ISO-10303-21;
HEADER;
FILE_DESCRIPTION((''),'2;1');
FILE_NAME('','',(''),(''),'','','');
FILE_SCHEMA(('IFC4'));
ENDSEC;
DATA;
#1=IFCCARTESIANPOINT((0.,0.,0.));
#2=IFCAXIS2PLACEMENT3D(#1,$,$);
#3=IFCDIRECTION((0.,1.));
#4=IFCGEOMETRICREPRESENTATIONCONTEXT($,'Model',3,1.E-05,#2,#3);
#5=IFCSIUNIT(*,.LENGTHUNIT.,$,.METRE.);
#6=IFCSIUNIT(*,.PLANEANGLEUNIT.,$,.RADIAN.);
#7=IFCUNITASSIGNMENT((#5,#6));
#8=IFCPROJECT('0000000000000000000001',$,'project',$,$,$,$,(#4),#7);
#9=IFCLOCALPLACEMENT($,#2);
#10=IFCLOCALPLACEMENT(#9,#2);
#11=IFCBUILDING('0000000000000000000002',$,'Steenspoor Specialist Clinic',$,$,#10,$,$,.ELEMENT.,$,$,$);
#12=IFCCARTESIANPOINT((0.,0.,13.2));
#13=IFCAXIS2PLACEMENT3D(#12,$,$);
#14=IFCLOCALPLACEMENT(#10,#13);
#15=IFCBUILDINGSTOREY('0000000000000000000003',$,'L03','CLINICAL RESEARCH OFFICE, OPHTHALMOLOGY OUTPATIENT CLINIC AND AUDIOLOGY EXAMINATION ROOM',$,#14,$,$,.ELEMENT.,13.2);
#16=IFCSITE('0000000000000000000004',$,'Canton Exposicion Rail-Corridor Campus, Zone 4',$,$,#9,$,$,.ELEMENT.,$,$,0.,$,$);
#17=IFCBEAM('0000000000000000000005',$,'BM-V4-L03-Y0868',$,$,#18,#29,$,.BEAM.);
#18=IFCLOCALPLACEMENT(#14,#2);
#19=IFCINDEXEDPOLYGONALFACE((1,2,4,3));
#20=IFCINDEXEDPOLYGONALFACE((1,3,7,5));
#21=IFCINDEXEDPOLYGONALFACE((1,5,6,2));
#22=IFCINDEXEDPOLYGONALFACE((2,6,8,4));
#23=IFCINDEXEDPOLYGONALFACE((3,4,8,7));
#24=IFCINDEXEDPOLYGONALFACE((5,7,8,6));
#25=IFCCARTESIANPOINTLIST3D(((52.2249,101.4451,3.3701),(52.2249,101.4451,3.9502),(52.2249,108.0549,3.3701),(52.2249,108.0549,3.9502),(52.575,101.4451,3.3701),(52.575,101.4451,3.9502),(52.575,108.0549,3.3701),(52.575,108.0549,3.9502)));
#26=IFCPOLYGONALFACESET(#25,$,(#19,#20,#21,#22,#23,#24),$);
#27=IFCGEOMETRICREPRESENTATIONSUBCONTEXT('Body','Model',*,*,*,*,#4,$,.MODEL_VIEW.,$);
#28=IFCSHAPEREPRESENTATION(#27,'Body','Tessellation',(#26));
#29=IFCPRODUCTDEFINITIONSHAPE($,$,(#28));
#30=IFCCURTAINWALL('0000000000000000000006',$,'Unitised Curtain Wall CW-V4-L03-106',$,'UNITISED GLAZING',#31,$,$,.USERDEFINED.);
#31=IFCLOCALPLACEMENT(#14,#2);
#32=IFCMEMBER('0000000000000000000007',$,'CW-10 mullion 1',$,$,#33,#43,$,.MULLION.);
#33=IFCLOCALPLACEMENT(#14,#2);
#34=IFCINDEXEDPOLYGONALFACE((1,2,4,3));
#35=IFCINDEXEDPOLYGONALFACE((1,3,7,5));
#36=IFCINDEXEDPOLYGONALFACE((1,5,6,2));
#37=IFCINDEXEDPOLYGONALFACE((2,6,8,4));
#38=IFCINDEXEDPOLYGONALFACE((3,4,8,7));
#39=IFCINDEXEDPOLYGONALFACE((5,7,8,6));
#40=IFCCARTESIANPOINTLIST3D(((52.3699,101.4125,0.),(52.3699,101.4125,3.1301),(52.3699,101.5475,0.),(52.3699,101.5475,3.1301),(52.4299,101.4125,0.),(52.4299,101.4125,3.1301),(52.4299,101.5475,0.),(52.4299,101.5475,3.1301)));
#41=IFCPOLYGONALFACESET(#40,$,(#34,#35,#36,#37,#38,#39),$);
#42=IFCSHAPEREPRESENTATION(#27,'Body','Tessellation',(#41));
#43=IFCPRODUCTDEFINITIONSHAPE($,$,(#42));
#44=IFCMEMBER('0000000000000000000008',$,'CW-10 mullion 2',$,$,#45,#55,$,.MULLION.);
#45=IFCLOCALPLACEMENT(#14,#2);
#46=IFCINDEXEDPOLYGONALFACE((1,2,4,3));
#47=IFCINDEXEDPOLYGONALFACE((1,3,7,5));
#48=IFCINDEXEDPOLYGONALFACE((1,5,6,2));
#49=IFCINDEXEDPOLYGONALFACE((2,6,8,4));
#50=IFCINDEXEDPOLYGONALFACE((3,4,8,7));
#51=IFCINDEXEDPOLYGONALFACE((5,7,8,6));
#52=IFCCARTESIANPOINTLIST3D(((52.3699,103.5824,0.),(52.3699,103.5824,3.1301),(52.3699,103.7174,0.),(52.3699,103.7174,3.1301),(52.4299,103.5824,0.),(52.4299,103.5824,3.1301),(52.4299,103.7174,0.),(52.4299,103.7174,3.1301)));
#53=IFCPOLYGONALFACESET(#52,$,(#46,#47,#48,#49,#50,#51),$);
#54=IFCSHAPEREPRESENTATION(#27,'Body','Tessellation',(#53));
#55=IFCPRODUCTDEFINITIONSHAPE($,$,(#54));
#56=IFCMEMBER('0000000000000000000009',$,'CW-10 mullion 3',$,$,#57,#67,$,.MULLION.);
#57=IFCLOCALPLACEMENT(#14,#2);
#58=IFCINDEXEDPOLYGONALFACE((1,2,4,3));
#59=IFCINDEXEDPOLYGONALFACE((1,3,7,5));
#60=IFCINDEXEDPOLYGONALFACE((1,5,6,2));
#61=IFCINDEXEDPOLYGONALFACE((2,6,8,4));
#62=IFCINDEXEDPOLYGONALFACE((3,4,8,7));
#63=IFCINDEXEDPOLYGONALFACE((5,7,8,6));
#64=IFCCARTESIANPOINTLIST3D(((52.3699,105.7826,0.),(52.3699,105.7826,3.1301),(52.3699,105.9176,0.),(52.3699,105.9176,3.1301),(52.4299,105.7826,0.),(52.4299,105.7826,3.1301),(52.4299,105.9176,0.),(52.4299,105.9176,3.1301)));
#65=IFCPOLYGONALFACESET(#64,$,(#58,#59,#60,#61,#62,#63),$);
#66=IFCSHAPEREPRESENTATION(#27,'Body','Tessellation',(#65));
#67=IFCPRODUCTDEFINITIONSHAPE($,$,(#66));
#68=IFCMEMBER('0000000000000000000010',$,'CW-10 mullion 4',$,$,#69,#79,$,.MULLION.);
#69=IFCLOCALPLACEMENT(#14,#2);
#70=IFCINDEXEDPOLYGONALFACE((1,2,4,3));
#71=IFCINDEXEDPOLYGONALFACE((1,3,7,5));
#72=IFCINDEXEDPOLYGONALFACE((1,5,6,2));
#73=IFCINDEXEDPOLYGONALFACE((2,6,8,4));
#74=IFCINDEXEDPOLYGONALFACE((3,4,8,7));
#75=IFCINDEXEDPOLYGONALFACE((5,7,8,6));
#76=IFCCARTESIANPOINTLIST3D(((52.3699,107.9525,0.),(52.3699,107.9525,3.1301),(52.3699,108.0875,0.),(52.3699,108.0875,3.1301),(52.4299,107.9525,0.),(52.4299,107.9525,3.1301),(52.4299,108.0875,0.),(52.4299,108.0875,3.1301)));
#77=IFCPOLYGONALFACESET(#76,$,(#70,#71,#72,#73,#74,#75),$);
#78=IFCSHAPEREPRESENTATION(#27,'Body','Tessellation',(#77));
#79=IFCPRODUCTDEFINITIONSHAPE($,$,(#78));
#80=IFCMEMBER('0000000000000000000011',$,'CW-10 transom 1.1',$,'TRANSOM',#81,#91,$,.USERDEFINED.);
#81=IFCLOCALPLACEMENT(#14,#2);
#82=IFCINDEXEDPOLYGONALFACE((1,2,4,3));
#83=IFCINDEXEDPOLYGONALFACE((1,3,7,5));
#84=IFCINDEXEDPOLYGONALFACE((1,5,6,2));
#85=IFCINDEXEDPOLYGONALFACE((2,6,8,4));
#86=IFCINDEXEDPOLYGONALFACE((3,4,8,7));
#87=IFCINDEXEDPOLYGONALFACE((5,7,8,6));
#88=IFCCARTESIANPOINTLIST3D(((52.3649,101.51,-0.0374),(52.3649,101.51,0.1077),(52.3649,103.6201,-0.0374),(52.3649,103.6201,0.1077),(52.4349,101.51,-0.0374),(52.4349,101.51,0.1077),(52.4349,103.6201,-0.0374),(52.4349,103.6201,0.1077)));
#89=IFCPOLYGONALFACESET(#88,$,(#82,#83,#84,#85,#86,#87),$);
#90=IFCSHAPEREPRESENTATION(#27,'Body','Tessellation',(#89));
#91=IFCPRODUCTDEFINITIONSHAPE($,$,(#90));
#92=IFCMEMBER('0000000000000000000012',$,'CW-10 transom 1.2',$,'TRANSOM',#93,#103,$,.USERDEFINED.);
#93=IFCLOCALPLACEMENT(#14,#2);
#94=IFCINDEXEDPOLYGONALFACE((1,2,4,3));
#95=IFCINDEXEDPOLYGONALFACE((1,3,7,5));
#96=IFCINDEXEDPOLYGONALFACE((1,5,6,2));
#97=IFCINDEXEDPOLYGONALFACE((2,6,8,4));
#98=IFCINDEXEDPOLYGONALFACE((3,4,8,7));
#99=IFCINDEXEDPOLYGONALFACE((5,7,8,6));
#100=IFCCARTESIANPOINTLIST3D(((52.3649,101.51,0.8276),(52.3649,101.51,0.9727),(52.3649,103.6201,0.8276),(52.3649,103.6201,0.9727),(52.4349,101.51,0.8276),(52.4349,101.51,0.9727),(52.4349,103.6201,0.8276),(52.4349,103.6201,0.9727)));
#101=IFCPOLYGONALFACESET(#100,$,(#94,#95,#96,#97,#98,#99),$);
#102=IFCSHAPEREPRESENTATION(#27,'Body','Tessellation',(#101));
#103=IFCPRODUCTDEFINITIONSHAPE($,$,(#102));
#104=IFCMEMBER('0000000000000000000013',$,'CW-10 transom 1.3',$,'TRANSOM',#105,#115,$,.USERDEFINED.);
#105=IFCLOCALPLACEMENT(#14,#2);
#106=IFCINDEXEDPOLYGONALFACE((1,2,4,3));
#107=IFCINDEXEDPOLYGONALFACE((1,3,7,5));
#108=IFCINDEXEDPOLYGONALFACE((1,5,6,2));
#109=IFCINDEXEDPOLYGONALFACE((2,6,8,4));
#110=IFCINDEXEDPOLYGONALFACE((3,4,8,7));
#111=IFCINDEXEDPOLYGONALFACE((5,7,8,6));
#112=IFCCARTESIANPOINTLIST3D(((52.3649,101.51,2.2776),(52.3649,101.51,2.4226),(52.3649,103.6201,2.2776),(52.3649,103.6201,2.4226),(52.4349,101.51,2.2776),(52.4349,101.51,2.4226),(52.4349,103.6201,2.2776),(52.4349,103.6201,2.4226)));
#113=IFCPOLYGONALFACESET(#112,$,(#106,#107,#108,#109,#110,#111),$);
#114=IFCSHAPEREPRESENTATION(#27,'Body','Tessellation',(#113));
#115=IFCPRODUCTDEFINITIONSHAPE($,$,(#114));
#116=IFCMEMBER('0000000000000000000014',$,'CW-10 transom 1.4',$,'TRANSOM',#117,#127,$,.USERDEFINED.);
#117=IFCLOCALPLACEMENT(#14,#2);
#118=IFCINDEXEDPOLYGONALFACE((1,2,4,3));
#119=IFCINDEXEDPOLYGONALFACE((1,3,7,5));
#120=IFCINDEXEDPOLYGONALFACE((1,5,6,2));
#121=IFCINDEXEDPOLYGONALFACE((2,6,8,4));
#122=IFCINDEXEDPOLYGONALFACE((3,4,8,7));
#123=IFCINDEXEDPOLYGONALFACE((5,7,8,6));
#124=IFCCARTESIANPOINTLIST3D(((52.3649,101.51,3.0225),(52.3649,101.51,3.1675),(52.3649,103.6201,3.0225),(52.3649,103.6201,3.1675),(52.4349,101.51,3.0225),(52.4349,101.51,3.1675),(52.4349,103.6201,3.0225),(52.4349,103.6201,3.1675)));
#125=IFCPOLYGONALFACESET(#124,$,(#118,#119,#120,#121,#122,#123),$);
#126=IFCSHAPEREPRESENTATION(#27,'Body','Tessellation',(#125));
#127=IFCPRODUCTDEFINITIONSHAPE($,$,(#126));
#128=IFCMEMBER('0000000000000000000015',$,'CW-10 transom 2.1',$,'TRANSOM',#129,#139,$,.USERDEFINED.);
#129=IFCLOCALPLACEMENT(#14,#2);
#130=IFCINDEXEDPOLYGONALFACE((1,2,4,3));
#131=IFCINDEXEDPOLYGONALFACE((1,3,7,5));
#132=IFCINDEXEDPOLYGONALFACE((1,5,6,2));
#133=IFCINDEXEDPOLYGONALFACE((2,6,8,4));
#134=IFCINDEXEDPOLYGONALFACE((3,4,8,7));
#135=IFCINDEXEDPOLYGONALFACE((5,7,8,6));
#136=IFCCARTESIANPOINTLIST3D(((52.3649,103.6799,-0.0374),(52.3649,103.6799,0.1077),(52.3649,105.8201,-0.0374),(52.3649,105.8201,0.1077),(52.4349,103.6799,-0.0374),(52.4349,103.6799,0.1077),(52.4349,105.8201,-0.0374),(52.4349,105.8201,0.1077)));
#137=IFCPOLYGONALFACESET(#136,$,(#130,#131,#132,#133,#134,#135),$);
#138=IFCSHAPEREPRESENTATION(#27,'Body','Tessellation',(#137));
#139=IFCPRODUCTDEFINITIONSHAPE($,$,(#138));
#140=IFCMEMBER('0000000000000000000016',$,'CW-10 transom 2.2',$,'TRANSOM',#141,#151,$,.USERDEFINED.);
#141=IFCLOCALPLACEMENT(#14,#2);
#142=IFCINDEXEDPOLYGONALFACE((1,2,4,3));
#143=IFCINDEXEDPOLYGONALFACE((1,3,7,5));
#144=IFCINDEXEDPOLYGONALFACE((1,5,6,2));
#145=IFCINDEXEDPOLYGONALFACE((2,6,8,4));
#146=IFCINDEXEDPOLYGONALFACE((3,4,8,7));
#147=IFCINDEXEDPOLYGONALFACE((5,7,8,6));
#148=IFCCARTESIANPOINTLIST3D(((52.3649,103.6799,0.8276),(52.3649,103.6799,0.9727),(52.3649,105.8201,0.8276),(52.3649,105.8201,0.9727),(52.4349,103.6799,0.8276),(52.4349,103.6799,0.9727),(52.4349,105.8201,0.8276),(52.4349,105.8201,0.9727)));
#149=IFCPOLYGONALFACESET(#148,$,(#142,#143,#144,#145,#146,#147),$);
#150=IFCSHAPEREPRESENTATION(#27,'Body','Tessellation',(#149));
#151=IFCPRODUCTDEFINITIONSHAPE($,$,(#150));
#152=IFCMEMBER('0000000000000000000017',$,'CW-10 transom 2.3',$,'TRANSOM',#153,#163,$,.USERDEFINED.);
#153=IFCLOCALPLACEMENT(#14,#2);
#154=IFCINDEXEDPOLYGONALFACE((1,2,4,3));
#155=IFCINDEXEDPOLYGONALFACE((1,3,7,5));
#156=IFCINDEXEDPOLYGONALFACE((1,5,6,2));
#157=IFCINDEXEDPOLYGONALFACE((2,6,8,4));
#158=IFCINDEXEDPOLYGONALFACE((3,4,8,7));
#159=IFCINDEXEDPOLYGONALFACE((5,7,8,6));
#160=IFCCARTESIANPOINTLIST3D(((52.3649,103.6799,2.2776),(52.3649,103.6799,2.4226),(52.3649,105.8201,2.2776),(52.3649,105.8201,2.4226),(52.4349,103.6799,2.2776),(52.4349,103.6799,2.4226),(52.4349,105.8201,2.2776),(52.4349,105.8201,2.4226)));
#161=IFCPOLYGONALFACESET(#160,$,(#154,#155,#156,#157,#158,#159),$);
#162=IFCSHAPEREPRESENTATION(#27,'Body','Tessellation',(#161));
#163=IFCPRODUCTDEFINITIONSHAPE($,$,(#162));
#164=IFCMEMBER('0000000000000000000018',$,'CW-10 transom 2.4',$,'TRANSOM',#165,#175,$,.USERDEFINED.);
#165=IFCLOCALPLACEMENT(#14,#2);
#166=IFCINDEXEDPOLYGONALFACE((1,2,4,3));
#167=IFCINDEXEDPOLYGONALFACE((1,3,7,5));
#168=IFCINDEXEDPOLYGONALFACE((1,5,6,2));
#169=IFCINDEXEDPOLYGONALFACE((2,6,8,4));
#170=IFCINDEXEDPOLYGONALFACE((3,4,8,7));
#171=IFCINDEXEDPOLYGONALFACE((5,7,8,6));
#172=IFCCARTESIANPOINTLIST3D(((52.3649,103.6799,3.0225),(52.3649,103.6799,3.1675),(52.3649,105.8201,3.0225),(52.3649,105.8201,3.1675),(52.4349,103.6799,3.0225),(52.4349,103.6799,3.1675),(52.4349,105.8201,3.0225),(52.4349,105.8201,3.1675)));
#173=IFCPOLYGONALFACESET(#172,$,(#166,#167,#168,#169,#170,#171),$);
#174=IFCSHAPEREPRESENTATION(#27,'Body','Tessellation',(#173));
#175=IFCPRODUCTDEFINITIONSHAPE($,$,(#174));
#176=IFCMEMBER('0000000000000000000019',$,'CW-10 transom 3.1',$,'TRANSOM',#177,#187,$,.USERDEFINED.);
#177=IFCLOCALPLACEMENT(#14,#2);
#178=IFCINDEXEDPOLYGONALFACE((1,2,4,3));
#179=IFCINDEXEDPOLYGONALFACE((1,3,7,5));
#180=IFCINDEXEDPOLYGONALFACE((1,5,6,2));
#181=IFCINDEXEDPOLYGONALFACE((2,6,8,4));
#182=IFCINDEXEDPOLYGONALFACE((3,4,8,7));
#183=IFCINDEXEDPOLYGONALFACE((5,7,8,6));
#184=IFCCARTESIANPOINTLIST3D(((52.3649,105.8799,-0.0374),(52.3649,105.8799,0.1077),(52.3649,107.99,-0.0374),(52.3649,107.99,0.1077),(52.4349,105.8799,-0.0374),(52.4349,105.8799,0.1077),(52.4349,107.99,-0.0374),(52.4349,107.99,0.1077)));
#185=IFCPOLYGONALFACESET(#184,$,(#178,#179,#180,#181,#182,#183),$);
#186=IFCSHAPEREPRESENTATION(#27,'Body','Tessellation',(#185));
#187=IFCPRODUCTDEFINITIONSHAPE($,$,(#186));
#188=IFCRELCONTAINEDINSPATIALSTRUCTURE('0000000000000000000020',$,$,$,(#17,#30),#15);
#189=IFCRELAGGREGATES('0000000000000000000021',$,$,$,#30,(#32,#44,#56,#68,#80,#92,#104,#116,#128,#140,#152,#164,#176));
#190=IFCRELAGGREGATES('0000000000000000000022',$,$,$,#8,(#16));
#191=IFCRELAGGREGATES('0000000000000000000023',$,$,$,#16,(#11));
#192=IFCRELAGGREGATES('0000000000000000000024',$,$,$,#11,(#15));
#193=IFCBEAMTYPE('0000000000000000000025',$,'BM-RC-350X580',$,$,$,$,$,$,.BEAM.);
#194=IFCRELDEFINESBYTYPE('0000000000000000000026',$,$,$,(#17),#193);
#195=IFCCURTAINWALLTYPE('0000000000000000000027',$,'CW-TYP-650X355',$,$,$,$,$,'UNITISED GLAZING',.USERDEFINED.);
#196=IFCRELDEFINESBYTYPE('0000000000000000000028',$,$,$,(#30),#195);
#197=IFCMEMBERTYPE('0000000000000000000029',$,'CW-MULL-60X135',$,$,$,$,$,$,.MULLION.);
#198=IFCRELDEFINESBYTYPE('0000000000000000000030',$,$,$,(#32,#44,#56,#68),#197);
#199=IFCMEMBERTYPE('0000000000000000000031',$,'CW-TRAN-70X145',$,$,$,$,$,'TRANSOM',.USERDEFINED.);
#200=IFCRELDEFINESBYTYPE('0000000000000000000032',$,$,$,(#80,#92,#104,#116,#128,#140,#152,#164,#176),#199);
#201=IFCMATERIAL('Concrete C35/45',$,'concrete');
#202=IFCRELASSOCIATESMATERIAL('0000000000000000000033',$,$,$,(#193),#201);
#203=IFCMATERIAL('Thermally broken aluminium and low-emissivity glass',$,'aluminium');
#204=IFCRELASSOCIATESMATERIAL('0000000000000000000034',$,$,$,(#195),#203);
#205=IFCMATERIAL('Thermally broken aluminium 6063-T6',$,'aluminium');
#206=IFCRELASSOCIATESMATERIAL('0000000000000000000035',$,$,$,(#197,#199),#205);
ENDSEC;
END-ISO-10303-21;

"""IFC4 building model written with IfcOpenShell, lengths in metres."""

from ifc_helpers import new_model, si_unit, direction, frame, origin, origin_2d, place, context, subcontext, project, spatial, rectangle, extrude, material, material_profile, profile_set, type_object, element, aggregate, save


model = new_model("IFC4")

# Units and contexts
model_context = context("Model", 3, precision=1e-05, world=origin(), true_north=direction((0.0, 1.0)))
body_context = subcontext(model_context, "Body", "Model", "MODEL_VIEW")
ifc_project = project(units=[si_unit("LENGTHUNIT", "METRE"), si_unit("PLANEANGLEUNIT", "RADIAN")], contexts=[model_context])

# Site, building, storey
site_placement = place(None, origin())
site = spatial("IfcSite", under=ifc_project, at=site_placement, Name="Canton Exposicion Rail-Corridor Campus, Zone 4", CompositionType="ELEMENT", RefElevation=0.0)
building_placement = place(site_placement, origin())
building = spatial("IfcBuilding", under=site, at=building_placement, Name="Steenspoor Specialist Clinic", CompositionType="ELEMENT")
storey_placement = place(building_placement, frame((0.0, 0.0, 13.2)))
storey = spatial("IfcBuildingStorey", under=building, at=storey_placement, Name="L03", Description="CLINICAL RESEARCH OFFICE, OPHTHALMOLOGY OUTPATIENT CLINIC AND AUDIOLOGY EXAMINATION ROOM", CompositionType="ELEMENT", Elevation=13.2)

# Beam
ifc_material_1 = material(Name="Concrete C35/45", Category="concrete")
ifc_material_profile_1 = material_profile(ifc_material_1, rectangle(XDim=0.3501, YDim=0.5801, at=origin_2d()), Name="RC-BM-350X580")
ifc_profile_set_1 = profile_set([ifc_material_profile_1], Name="Concrete C35/45")
beam_type = type_object("IfcBeamType", Name="BM-RC-350X580", PredefinedType="BEAM", material=ifc_profile_set_1)
beam_placement = place(storey_placement, frame((52.3999, 101.4451, 3.6602), z_axis=(0.0, 1.0, 0.0), x_axis=(-1.0, 0.0, 0.0)))
element("IfcBeam", 1, at=beam_placement, inside=storey, type_object=beam_type, Name="BM-V4-L03-Y0868", PredefinedType="BEAM", context=body_context, shape_type="SweptSolid", body=[
    extrude(rectangle(XDim=0.3501, YDim=0.5801, at=origin_2d()), origin(), (0.0, 0.0, 1.0), 6.6099),
])

# Curtain wall, members
ifc_material_2 = material(Name="Thermally broken aluminium and low-emissivity glass", Category="aluminium")
curtain_wall_type = type_object("IfcCurtainWallType", Name="CW-TYP-650X355", ElementType="UNITISED GLAZING", PredefinedType="USERDEFINED", material=ifc_material_2)
curtain_wall_placement = place(storey_placement, origin())
curtain_wall = element("IfcCurtainWall", 2, at=curtain_wall_placement, inside=storey, type_object=curtain_wall_type, Name="Unitised Curtain Wall CW-V4-L03-106", ObjectType="UNITISED GLAZING", PredefinedType="USERDEFINED")
ifc_material_3 = material(Name="Thermally broken aluminium 6063-T6", Category="aluminium")
ifc_material_profile_2 = material_profile(ifc_material_3, rectangle(XDim=0.0601, YDim=0.135, at=origin_2d()), Name="CWM-60X135")
ifc_profile_set_2 = profile_set([ifc_material_profile_2], Name="Thermally broken aluminium 6063-T6")
member_type_1 = type_object("IfcMemberType", Name="CW-MULL-60X135", PredefinedType="MULLION", material=ifc_profile_set_2)
member_1_placement = place(storey_placement, frame((52.3999, 101.48, 0.0), z_axis=(0.0, 0.0, 1.0), x_axis=(-1.0, 0.0, 0.0)))
member_1 = element("IfcMember", 3, at=member_1_placement, type_object=member_type_1, Name="CW-10 mullion 1", PredefinedType="MULLION", context=body_context, shape_type="SweptSolid", body=[
    extrude(rectangle(XDim=0.0601, YDim=0.135, at=origin_2d()), origin(), (0.0, 0.0, 1.0), 3.1301),
])
member_2_placement = place(storey_placement, frame((52.3999, 103.6499, 0.0), z_axis=(0.0, 0.0, 1.0), x_axis=(-1.0, 0.0, 0.0)))
member_2 = element("IfcMember", 4, at=member_2_placement, type_object=member_type_1, Name="CW-10 mullion 2", PredefinedType="MULLION", context=body_context, shape_type="SweptSolid", body=[
    extrude(rectangle(XDim=0.0601, YDim=0.135, at=origin_2d()), origin(), (0.0, 0.0, 1.0), 3.1301),
])
member_3_placement = place(storey_placement, frame((52.3999, 105.8501, 0.0), z_axis=(0.0, 0.0, 1.0), x_axis=(-1.0, 0.0, 0.0)))
member_3 = element("IfcMember", 5, at=member_3_placement, type_object=member_type_1, Name="CW-10 mullion 3", PredefinedType="MULLION", context=body_context, shape_type="SweptSolid", body=[
    extrude(rectangle(XDim=0.0601, YDim=0.135, at=origin_2d()), origin(), (0.0, 0.0, 1.0), 3.1301),
])
member_4_placement = place(storey_placement, frame((52.3999, 108.02, 0.0), z_axis=(0.0, 0.0, 1.0), x_axis=(-1.0, 0.0, 0.0)))
member_4 = element("IfcMember", 6, at=member_4_placement, type_object=member_type_1, Name="CW-10 mullion 4", PredefinedType="MULLION", context=body_context, shape_type="SweptSolid", body=[
    extrude(rectangle(XDim=0.0601, YDim=0.135, at=origin_2d()), origin(), (0.0, 0.0, 1.0), 3.1301),
])
ifc_material_profile_3 = material_profile(ifc_material_3, rectangle(XDim=0.0701, YDim=0.145, at=origin_2d()), Name="CWT-70X145")
ifc_profile_set_3 = profile_set([ifc_material_profile_3], Name="Thermally broken aluminium 6063-T6")
member_type_2 = type_object("IfcMemberType", Name="CW-TRAN-70X145", ElementType="TRANSOM", PredefinedType="USERDEFINED", material=ifc_profile_set_3)
member_5_placement = place(storey_placement, frame((52.3999, 101.51, 0.0352), z_axis=(0.0, 1.0, 0.0), x_axis=(-1.0, 0.0, 0.0)))
member_5 = element("IfcMember", 7, at=member_5_placement, type_object=member_type_2, Name="CW-10 transom 1.1", ObjectType="TRANSOM", PredefinedType="USERDEFINED", context=body_context, shape_type="SweptSolid", body=[
    extrude(rectangle(XDim=0.0701, YDim=0.145, at=origin_2d()), origin(), (0.0, 0.0, 1.0), 2.1101),
])
member_6_placement = place(storey_placement, frame((52.3999, 101.51, 0.9001), z_axis=(0.0, 1.0, 0.0), x_axis=(-1.0, 0.0, 0.0)))
member_6 = element("IfcMember", 8, at=member_6_placement, type_object=member_type_2, Name="CW-10 transom 1.2", ObjectType="TRANSOM", PredefinedType="USERDEFINED", context=body_context, shape_type="SweptSolid", body=[
    extrude(rectangle(XDim=0.0701, YDim=0.145, at=origin_2d()), origin(), (0.0, 0.0, 1.0), 2.1101),
])
member_7_placement = place(storey_placement, frame((52.3999, 101.51, 2.3501), z_axis=(0.0, 1.0, 0.0), x_axis=(-1.0, 0.0, 0.0)))
member_7 = element("IfcMember", 9, at=member_7_placement, type_object=member_type_2, Name="CW-10 transom 1.3", ObjectType="TRANSOM", PredefinedType="USERDEFINED", context=body_context, shape_type="SweptSolid", body=[
    extrude(rectangle(XDim=0.0701, YDim=0.145, at=origin_2d()), origin(), (0.0, 0.0, 1.0), 2.1101),
])
member_8_placement = place(storey_placement, frame((52.3999, 101.51, 3.095), z_axis=(0.0, 1.0, 0.0), x_axis=(-1.0, 0.0, 0.0)))
member_8 = element("IfcMember", 10, at=member_8_placement, type_object=member_type_2, Name="CW-10 transom 1.4", ObjectType="TRANSOM", PredefinedType="USERDEFINED", context=body_context, shape_type="SweptSolid", body=[
    extrude(rectangle(XDim=0.0701, YDim=0.145, at=origin_2d()), origin(), (0.0, 0.0, 1.0), 2.1101),
])
member_9_placement = place(storey_placement, frame((52.3999, 103.6799, 0.0352), z_axis=(0.0, 1.0, 0.0), x_axis=(-1.0, 0.0, 0.0)))
member_9 = element("IfcMember", 11, at=member_9_placement, type_object=member_type_2, Name="CW-10 transom 2.1", ObjectType="TRANSOM", PredefinedType="USERDEFINED", context=body_context, shape_type="SweptSolid", body=[
    extrude(rectangle(XDim=0.0701, YDim=0.145, at=origin_2d()), origin(), (0.0, 0.0, 1.0), 2.1401),
])
member_10_placement = place(storey_placement, frame((52.3999, 103.6799, 0.9001), z_axis=(0.0, 1.0, 0.0), x_axis=(-1.0, 0.0, 0.0)))
member_10 = element("IfcMember", 12, at=member_10_placement, type_object=member_type_2, Name="CW-10 transom 2.2", ObjectType="TRANSOM", PredefinedType="USERDEFINED", context=body_context, shape_type="SweptSolid", body=[
    extrude(rectangle(XDim=0.0701, YDim=0.145, at=origin_2d()), origin(), (0.0, 0.0, 1.0), 2.1401),
])
member_11_placement = place(storey_placement, frame((52.3999, 103.6799, 2.3501), z_axis=(0.0, 1.0, 0.0), x_axis=(-1.0, 0.0, 0.0)))
member_11 = element("IfcMember", 13, at=member_11_placement, type_object=member_type_2, Name="CW-10 transom 2.3", ObjectType="TRANSOM", PredefinedType="USERDEFINED", context=body_context, shape_type="SweptSolid", body=[
    extrude(rectangle(XDim=0.0701, YDim=0.145, at=origin_2d()), origin(), (0.0, 0.0, 1.0), 2.1401),
])
member_12_placement = place(storey_placement, frame((52.3999, 103.6799, 3.095), z_axis=(0.0, 1.0, 0.0), x_axis=(-1.0, 0.0, 0.0)))
member_12 = element("IfcMember", 14, at=member_12_placement, type_object=member_type_2, Name="CW-10 transom 2.4", ObjectType="TRANSOM", PredefinedType="USERDEFINED", context=body_context, shape_type="SweptSolid", body=[
    extrude(rectangle(XDim=0.0701, YDim=0.145, at=origin_2d()), origin(), (0.0, 0.0, 1.0), 2.1401),
])
member_13_placement = place(storey_placement, frame((52.3999, 105.8799, 0.0352), z_axis=(0.0, 1.0, 0.0), x_axis=(-1.0, 0.0, 0.0)))
member_13 = element("IfcMember", 15, at=member_13_placement, type_object=member_type_2, Name="CW-10 transom 3.1", ObjectType="TRANSOM", PredefinedType="USERDEFINED", context=body_context, shape_type="SweptSolid", body=[
    extrude(rectangle(XDim=0.0701, YDim=0.145, at=origin_2d()), origin(), (0.0, 0.0, 1.0), 2.1101),
])
aggregate(curtain_wall, [member_1, member_2, member_3, member_4, member_5, member_6, member_7, member_8, member_9, member_10, member_11, member_12, member_13])

save(model, "model.ifc")
